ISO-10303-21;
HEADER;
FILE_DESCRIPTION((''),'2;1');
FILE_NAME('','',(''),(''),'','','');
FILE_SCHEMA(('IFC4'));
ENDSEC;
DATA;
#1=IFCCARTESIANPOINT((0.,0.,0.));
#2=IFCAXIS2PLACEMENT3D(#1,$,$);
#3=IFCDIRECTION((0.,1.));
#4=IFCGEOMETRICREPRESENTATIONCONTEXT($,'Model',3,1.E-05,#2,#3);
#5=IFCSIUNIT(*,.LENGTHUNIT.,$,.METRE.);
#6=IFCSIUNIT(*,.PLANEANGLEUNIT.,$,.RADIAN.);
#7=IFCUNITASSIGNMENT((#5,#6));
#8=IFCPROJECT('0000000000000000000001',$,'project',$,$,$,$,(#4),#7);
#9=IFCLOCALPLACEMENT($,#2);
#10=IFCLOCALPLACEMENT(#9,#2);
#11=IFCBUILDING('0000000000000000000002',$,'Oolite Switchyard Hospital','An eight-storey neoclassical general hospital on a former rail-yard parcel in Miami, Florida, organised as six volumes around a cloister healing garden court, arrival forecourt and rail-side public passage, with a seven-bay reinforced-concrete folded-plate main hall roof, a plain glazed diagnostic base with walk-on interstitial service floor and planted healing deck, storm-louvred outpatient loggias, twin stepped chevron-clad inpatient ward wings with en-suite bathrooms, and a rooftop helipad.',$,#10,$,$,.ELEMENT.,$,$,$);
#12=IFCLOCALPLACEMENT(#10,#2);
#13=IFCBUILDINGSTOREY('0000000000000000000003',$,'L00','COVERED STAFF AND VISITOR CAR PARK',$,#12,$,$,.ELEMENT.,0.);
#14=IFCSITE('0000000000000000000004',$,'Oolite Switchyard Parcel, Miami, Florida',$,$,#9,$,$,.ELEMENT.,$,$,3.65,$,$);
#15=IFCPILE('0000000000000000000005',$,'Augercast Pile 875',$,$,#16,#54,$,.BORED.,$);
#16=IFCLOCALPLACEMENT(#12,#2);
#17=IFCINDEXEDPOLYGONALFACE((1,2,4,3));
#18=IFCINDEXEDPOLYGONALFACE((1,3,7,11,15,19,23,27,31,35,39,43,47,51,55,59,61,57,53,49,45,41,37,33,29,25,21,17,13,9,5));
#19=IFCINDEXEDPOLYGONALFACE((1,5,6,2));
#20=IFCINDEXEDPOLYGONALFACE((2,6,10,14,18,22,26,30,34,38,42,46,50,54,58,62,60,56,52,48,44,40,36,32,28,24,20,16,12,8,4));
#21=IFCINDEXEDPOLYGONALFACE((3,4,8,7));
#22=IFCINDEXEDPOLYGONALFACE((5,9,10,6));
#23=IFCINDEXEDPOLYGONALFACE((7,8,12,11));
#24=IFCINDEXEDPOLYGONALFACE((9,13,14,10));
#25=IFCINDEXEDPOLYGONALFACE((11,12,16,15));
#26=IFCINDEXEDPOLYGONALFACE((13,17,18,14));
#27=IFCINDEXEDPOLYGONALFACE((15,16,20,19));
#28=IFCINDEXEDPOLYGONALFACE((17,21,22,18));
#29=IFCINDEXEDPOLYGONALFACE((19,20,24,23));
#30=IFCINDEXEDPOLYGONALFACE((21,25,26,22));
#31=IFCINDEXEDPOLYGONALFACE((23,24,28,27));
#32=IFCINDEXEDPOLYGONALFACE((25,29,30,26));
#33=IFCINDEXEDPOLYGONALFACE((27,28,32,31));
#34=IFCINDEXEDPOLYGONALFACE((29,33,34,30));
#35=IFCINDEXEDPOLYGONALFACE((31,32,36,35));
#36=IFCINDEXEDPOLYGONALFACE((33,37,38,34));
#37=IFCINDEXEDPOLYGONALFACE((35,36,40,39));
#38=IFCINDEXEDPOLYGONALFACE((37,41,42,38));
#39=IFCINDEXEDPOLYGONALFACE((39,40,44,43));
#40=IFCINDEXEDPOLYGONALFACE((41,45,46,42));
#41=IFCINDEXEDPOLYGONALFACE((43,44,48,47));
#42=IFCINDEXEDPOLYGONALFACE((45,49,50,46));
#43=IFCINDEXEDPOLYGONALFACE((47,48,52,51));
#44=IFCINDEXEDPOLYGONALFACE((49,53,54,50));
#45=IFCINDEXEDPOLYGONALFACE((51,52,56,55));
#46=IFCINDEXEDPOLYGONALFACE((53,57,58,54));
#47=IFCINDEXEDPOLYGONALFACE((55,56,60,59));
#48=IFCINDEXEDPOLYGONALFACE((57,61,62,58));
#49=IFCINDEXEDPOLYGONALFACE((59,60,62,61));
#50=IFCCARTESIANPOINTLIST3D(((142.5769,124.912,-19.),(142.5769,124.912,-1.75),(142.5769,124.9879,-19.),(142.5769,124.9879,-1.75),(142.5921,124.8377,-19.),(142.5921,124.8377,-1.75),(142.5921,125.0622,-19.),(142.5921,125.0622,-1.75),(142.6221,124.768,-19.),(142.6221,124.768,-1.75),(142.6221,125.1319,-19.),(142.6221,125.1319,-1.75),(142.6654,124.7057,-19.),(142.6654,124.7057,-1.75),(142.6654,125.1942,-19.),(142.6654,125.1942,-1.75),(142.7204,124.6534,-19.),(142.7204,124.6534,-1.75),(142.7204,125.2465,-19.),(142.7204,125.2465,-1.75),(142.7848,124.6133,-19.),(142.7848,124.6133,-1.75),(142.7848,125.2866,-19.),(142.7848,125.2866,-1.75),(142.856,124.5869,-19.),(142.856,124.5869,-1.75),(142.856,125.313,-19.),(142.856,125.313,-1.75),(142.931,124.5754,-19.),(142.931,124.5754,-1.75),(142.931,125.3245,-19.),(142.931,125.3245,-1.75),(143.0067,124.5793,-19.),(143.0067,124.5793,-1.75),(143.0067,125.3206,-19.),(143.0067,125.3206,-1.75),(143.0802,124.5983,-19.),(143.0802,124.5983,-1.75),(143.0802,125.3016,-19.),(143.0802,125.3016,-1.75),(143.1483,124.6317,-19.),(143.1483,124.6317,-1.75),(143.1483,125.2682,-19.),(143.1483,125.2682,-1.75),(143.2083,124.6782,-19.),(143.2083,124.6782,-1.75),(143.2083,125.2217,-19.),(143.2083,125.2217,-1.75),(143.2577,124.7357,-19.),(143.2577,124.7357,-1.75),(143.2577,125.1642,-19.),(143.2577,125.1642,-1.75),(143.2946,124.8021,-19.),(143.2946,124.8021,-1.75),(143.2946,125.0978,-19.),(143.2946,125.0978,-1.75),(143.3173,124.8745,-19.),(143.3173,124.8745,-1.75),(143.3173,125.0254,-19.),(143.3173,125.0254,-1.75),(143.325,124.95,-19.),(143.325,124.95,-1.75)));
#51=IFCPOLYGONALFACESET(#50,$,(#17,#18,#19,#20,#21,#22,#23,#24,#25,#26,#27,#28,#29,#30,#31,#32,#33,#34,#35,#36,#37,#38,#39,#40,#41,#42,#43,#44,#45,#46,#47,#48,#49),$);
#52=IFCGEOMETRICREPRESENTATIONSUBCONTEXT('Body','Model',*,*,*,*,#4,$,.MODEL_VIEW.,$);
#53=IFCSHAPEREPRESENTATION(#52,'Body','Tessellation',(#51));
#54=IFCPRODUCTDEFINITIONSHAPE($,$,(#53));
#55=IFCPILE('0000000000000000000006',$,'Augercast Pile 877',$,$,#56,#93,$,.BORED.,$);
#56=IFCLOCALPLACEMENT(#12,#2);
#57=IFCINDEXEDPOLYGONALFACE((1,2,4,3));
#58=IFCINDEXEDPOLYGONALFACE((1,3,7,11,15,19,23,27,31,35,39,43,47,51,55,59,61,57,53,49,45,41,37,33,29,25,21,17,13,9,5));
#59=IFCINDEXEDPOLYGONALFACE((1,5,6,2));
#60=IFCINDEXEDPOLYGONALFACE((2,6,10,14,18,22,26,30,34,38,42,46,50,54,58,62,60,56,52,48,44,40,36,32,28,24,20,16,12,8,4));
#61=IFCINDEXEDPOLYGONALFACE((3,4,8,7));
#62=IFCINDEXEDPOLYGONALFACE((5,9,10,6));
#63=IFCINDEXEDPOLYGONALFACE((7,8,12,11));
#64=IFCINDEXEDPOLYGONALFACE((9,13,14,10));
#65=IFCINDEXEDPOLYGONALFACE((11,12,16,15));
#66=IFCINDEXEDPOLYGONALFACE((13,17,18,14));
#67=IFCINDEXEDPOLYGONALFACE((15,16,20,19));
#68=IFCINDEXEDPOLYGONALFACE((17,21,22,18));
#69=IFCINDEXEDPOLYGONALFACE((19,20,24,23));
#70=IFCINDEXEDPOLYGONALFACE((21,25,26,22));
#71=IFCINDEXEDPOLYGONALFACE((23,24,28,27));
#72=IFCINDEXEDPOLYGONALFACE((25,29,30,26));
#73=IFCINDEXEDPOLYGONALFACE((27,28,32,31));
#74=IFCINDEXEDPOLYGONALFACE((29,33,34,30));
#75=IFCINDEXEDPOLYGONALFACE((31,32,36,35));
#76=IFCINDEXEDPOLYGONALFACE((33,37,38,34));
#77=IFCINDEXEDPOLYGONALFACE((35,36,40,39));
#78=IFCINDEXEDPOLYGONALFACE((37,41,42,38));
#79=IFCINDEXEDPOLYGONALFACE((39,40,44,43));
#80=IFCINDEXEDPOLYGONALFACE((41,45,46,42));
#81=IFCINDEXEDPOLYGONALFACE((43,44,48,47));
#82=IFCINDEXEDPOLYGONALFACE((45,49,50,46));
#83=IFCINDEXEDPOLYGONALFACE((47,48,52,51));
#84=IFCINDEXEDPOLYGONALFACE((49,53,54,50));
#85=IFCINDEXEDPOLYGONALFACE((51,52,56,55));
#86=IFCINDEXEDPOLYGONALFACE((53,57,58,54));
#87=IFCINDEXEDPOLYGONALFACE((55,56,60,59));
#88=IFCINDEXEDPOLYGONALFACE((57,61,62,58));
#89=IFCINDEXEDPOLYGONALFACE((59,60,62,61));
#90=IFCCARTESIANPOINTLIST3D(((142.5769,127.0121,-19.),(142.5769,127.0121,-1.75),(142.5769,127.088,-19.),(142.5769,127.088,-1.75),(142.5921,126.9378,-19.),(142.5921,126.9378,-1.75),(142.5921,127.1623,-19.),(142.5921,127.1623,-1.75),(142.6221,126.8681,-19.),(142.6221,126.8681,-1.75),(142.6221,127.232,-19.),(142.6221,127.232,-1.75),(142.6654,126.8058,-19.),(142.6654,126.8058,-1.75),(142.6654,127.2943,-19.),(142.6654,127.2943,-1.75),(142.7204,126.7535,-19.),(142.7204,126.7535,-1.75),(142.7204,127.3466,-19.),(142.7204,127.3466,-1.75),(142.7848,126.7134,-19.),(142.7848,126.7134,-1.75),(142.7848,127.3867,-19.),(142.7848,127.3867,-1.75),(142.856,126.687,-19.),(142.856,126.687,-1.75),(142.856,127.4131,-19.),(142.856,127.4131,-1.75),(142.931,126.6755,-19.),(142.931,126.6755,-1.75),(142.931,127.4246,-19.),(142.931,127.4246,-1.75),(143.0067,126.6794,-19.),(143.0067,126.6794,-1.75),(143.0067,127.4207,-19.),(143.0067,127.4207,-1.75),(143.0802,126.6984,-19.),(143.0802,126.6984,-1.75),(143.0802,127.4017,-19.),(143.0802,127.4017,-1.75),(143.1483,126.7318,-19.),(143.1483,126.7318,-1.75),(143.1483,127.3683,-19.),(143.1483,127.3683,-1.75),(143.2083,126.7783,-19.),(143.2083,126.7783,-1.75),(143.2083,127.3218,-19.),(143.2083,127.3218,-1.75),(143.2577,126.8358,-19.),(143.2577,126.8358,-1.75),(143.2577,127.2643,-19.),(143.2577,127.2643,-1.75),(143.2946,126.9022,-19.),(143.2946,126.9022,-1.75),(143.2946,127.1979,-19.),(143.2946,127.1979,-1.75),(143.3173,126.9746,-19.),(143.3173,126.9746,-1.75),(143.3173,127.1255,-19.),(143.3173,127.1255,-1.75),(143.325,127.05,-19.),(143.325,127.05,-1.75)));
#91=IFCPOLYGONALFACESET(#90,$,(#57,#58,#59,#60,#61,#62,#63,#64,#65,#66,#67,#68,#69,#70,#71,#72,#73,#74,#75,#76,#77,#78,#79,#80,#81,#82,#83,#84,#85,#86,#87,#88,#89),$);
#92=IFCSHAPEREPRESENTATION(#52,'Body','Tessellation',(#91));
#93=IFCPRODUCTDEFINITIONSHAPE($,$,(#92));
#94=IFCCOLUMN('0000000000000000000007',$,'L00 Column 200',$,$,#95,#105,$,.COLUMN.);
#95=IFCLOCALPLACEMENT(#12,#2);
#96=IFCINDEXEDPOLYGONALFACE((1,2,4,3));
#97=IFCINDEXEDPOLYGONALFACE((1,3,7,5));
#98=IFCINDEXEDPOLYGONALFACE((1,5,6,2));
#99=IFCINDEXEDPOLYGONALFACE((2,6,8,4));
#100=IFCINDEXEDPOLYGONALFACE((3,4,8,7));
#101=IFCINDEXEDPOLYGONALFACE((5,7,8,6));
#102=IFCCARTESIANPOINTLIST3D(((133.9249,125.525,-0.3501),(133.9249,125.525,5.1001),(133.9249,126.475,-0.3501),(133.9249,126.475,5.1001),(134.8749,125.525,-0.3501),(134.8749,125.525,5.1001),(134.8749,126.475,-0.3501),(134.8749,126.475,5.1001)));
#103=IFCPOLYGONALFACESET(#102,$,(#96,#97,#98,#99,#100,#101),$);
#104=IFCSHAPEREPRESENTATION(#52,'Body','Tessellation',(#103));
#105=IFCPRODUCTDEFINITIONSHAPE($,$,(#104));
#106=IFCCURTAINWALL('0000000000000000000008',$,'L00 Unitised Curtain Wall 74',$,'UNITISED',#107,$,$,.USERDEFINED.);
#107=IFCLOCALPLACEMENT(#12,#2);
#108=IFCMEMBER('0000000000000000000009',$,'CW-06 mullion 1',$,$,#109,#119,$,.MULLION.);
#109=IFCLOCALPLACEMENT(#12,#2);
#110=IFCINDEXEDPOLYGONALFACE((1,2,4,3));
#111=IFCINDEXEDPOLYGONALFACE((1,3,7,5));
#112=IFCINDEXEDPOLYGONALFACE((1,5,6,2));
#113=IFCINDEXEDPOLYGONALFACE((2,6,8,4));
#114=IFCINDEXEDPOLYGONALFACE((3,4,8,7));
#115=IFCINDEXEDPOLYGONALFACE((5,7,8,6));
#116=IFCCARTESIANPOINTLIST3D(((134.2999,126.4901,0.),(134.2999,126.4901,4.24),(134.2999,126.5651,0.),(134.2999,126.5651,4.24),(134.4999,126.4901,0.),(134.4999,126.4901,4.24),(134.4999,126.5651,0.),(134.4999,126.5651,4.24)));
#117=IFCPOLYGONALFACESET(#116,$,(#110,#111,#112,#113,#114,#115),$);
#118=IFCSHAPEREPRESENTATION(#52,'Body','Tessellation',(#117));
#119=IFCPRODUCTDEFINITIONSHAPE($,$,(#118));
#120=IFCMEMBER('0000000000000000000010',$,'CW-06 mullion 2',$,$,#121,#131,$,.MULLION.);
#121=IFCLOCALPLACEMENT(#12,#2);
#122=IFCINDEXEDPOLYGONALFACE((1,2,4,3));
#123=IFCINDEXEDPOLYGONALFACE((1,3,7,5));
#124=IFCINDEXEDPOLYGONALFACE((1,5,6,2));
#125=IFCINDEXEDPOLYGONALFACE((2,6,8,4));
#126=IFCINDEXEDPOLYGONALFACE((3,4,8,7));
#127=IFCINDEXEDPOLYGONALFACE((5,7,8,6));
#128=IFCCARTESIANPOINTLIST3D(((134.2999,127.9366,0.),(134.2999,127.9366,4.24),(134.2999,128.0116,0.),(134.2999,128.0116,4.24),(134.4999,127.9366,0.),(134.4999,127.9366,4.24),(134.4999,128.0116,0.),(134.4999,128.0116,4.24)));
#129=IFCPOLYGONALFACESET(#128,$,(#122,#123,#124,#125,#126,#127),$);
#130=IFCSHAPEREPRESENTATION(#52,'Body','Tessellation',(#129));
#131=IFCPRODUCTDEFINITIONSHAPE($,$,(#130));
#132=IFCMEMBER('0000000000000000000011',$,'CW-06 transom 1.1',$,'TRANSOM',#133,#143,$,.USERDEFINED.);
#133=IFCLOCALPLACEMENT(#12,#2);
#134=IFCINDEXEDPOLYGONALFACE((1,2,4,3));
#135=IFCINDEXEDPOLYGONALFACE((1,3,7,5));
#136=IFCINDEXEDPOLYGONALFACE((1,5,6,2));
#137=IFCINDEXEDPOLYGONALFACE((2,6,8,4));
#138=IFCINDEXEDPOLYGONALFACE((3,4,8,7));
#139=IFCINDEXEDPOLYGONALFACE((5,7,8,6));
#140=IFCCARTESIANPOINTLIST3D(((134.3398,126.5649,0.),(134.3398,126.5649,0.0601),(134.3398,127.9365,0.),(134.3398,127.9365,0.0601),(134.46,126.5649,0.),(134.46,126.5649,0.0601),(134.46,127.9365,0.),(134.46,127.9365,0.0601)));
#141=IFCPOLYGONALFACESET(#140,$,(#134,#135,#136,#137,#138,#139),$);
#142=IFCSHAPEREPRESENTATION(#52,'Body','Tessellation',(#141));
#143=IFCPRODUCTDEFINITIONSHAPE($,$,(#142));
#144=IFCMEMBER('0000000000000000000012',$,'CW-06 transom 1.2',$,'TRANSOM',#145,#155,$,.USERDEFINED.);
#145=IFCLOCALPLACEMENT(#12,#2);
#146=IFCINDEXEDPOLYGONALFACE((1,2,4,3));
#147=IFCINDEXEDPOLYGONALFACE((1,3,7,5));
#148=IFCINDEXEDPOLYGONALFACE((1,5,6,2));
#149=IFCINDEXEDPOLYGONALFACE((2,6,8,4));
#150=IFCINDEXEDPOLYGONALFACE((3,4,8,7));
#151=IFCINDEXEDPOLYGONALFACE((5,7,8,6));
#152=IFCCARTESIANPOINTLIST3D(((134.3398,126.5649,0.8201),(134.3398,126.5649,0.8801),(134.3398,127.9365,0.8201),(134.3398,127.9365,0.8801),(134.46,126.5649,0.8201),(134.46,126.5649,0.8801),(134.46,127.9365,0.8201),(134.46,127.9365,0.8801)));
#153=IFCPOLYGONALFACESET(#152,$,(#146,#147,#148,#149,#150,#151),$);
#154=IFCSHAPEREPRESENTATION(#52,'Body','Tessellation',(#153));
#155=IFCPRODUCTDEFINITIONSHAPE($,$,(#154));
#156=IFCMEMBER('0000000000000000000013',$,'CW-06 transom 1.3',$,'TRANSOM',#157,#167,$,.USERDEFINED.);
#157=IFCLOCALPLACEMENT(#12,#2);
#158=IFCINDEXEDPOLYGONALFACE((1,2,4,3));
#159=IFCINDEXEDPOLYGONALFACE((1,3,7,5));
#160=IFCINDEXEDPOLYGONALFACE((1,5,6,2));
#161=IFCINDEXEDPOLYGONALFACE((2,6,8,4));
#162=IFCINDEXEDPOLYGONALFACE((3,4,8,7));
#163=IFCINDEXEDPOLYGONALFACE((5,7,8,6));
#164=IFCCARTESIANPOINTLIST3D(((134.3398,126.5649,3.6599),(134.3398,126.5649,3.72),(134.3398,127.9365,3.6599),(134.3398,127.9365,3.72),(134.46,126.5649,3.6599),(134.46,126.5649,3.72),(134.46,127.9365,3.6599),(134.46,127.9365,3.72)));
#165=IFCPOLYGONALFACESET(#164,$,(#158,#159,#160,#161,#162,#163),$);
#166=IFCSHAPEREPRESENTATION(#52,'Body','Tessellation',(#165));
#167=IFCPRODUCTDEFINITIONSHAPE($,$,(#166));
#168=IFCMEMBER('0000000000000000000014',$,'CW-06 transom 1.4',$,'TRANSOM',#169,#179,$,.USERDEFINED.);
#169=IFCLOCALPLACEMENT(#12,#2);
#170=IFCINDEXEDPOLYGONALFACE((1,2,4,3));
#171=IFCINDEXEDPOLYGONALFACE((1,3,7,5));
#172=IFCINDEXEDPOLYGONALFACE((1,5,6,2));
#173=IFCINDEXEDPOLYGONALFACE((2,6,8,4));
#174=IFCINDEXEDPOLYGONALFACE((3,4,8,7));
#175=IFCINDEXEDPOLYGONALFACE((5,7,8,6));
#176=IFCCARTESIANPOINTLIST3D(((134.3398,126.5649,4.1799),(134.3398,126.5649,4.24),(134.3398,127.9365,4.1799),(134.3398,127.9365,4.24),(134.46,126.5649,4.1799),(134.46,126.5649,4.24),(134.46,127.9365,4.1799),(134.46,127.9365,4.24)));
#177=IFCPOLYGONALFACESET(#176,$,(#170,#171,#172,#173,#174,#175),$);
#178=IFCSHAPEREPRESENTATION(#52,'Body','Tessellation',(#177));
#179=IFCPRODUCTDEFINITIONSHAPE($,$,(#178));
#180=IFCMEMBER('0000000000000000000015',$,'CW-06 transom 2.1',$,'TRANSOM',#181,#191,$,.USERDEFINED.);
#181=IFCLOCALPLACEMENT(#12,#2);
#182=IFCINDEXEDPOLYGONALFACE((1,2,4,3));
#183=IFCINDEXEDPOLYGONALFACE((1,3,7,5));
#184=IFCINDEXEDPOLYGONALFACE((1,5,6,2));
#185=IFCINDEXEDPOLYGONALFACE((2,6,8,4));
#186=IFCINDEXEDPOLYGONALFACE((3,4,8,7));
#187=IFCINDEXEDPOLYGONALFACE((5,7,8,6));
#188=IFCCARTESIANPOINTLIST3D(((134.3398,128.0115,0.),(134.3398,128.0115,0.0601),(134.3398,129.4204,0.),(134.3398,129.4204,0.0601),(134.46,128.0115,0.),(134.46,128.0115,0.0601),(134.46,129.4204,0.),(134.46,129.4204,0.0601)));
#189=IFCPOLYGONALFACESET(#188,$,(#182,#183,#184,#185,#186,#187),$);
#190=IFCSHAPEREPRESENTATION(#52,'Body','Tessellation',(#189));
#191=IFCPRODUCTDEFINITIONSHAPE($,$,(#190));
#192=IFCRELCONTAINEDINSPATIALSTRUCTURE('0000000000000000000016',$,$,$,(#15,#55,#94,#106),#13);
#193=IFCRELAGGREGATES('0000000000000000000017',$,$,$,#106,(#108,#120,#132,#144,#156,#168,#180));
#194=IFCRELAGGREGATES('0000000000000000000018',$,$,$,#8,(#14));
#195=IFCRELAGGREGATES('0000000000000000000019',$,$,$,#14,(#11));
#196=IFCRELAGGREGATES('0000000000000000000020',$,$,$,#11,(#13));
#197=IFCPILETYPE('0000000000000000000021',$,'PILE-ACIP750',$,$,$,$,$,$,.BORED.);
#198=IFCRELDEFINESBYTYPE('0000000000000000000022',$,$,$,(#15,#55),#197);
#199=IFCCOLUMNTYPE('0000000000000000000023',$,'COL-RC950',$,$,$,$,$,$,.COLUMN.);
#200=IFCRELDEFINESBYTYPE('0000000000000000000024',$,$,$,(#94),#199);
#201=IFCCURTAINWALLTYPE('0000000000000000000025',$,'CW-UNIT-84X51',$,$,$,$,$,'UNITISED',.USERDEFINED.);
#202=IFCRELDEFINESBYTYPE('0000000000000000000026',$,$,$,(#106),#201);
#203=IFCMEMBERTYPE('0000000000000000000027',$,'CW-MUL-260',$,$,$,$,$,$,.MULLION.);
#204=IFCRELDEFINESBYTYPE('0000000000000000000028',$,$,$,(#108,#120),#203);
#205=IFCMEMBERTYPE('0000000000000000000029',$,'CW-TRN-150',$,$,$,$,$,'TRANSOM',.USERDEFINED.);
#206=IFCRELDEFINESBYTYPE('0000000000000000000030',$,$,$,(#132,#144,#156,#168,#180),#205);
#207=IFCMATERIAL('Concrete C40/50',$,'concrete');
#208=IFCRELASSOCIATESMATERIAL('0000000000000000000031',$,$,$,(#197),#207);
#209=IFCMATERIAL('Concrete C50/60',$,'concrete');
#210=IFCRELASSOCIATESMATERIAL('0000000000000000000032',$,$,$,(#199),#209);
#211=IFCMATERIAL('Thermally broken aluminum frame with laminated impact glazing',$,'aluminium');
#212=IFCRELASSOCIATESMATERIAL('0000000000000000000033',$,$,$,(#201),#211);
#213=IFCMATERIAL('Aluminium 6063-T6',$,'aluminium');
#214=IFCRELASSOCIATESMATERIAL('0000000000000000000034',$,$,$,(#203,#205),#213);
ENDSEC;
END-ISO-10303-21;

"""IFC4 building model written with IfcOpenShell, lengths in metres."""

from ifc_helpers import new_model, si_unit, direction, frame, origin, origin_2d, place, context, subcontext, project, spatial, rectangle, circle, extrude, material, material_profile, profile_set, type_object, element, aggregate, save


model = new_model("IFC4")

# Units and contexts
model_context = context("Model", 3, precision=1e-05, world=origin(), true_north=direction((0.0, 1.0)))
body_context = subcontext(model_context, "Body", "Model", "MODEL_VIEW")
ifc_project = project(units=[si_unit("LENGTHUNIT", "METRE"), si_unit("PLANEANGLEUNIT", "RADIAN")], contexts=[model_context])

# Site, building, storey
site_placement = place(None, origin())
site = spatial("IfcSite", under=ifc_project, at=site_placement, Name="Oolite Switchyard Parcel, Miami, Florida", CompositionType="ELEMENT", RefElevation=3.65)
building_placement = place(site_placement, origin())
building = spatial("IfcBuilding", under=site, at=building_placement, Name="Oolite Switchyard Hospital", Description="An eight-storey neoclassical general hospital on a former rail-yard parcel in Miami, Florida, organised as six volumes around a cloister healing garden court, arrival forecourt and rail-side public passage, with a seven-bay reinforced-concrete folded-plate main hall roof, a plain glazed diagnostic base with walk-on interstitial service floor and planted healing deck, storm-louvred outpatient loggias, twin stepped chevron-clad inpatient ward wings with en-suite bathrooms, and a rooftop helipad.", CompositionType="ELEMENT")
storey_placement = place(building_placement, origin())
storey = spatial("IfcBuildingStorey", under=building, at=storey_placement, Name="L00", Description="COVERED STAFF AND VISITOR CAR PARK", CompositionType="ELEMENT", Elevation=0.0)

# Shared definitions
ifc_material_1 = material(Name="Concrete C40/50", Category="concrete")

# Piles
ifc_material_profile_1 = material_profile(ifc_material_1, circle(Radius=0.375, at=origin_2d()), Name="PILE750")
ifc_profile_set_1 = profile_set([ifc_material_profile_1], Name="Concrete C40/50")
pile_type = type_object("IfcPileType", Name="PILE-ACIP750", PredefinedType="BORED", material=ifc_profile_set_1)
for number, where, z_axis, x_axis, name in (
    (1, (142.95, 124.95, -1.75), (0.0, 0.0, -1.0), (1.0, 0.0, 0.0), "Augercast Pile 875"),
    (2, (142.95, 127.05, -1.75), (0.0, 0.0, -1.0), (1.0, 0.0, 0.0), "Augercast Pile 877"),
):
    element("IfcPile", number, at=place(storey_placement, frame(where, z_axis=z_axis, x_axis=x_axis)), inside=storey, type_object=pile_type, Name=name, PredefinedType="BORED", context=body_context, shape_type="SweptSolid", body=[
        extrude(circle(Radius=0.375, at=origin_2d()), origin(), (0.0, 0.0, 1.0), 17.25),
    ])

# Column
ifc_material_2 = material(Name="Concrete C50/60", Category="concrete")
ifc_material_profile_2 = material_profile(ifc_material_2, rectangle(XDim=0.95, YDim=0.95, at=origin_2d()), Name="RC950X950")
ifc_profile_set_2 = profile_set([ifc_material_profile_2], Name="Concrete C50/60")
column_type = type_object("IfcColumnType", Name="COL-RC950", PredefinedType="COLUMN", material=ifc_profile_set_2)
column_placement = place(storey_placement, frame((134.3999, 126.0, -0.3501), z_axis=(0.0, 0.0, 1.0), x_axis=(1.0, 0.0, 0.0)))
element("IfcColumn", 3, at=column_placement, inside=storey, type_object=column_type, Name="L00 Column 200", PredefinedType="COLUMN", context=body_context, shape_type="SweptSolid", body=[
    extrude(rectangle(XDim=0.95, YDim=0.95, at=origin_2d()), origin(), (0.0, 0.0, 1.0), 5.4502),
])

# Curtain wall, members
ifc_material_3 = material(Name="Thermally broken aluminum frame with laminated impact glazing", Category="aluminium")
curtain_wall_type = type_object("IfcCurtainWallType", Name="CW-UNIT-84X51", ElementType="UNITISED", PredefinedType="USERDEFINED", material=ifc_material_3)
curtain_wall_placement = place(storey_placement, origin())
curtain_wall = element("IfcCurtainWall", 4, at=curtain_wall_placement, inside=storey, type_object=curtain_wall_type, Name="L00 Unitised Curtain Wall 74", ObjectType="UNITISED", PredefinedType="USERDEFINED")
ifc_material_4 = material(Name="Aluminium 6063-T6", Category="aluminium")
ifc_material_profile_3 = material_profile(ifc_material_4, rectangle(XDim=0.2, YDim=0.075, at=origin_2d()), Name="CWM75X200")
ifc_profile_set_3 = profile_set([ifc_material_profile_3], Name="Aluminium 6063-T6")
member_type_1 = type_object("IfcMemberType", Name="CW-MUL-260", PredefinedType="MULLION", material=ifc_profile_set_3)
member_1_placement = place(storey_placement, frame((134.3999, 126.5276, 0.0), z_axis=(0.0, 0.0, 1.0), x_axis=(-1.0, 0.0, 0.0)))
member_1 = element("IfcMember", 5, at=member_1_placement, type_object=member_type_1, Name="CW-06 mullion 1", PredefinedType="MULLION", context=body_context, shape_type="SweptSolid", body=[
    extrude(rectangle(XDim=0.2, YDim=0.075, at=origin_2d()), origin(), (0.0, 0.0, 1.0), 4.24),
])
member_2_placement = place(storey_placement, frame((134.3999, 127.9741, 0.0), z_axis=(0.0, 0.0, 1.0), x_axis=(-1.0, 0.0, 0.0)))
member_2 = element("IfcMember", 6, at=member_2_placement, type_object=member_type_1, Name="CW-06 mullion 2", PredefinedType="MULLION", context=body_context, shape_type="SweptSolid", body=[
    extrude(rectangle(XDim=0.2, YDim=0.075, at=origin_2d()), origin(), (0.0, 0.0, 1.0), 4.24),
])
ifc_material_profile_4 = material_profile(ifc_material_4, rectangle(XDim=0.1201, YDim=0.0601, at=origin_2d()), Name="CWT60X120")
ifc_profile_set_4 = profile_set([ifc_material_profile_4], Name="Aluminium 6063-T6")
member_type_2 = type_object("IfcMemberType", Name="CW-TRN-150", ElementType="TRANSOM", PredefinedType="USERDEFINED", material=ifc_profile_set_4)
member_3_placement = place(storey_placement, frame((134.3999, 126.5649, 0.03), z_axis=(0.0, 1.0, 0.0), x_axis=(-1.0, 0.0, 0.0)))
member_3 = element("IfcMember", 7, at=member_3_placement, type_object=member_type_2, Name="CW-06 transom 1.1", ObjectType="TRANSOM", PredefinedType="USERDEFINED", context=body_context, shape_type="SweptSolid", body=[
    extrude(rectangle(XDim=0.1201, YDim=0.0601, at=origin_2d()), origin(), (0.0, 0.0, 1.0), 1.3716),
])
member_4_placement = place(storey_placement, frame((134.3999, 126.5649, 0.8501), z_axis=(0.0, 1.0, 0.0), x_axis=(-1.0, 0.0, 0.0)))
member_4 = element("IfcMember", 8, at=member_4_placement, type_object=member_type_2, Name="CW-06 transom 1.2", ObjectType="TRANSOM", PredefinedType="USERDEFINED", context=body_context, shape_type="SweptSolid", body=[
    extrude(rectangle(XDim=0.1201, YDim=0.0601, at=origin_2d()), origin(), (0.0, 0.0, 1.0), 1.3716),
])
member_5_placement = place(storey_placement, frame((134.3999, 126.5649, 3.6899), z_axis=(0.0, 1.0, 0.0), x_axis=(-1.0, 0.0, 0.0)))
member_5 = element("IfcMember", 9, at=member_5_placement, type_object=member_type_2, Name="CW-06 transom 1.3", ObjectType="TRANSOM", PredefinedType="USERDEFINED", context=body_context, shape_type="SweptSolid", body=[
    extrude(rectangle(XDim=0.1201, YDim=0.0601, at=origin_2d()), origin(), (0.0, 0.0, 1.0), 1.3716),
])
member_6_placement = place(storey_placement, frame((134.3999, 126.5649, 4.21), z_axis=(0.0, 1.0, 0.0), x_axis=(-1.0, 0.0, 0.0)))
member_6 = element("IfcMember", 10, at=member_6_placement, type_object=member_type_2, Name="CW-06 transom 1.4", ObjectType="TRANSOM", PredefinedType="USERDEFINED", context=body_context, shape_type="SweptSolid", body=[
    extrude(rectangle(XDim=0.1201, YDim=0.0601, at=origin_2d()), origin(), (0.0, 0.0, 1.0), 1.3716),
])
member_7_placement = place(storey_placement, frame((134.3999, 128.0115, 0.03), z_axis=(0.0, 1.0, 0.0), x_axis=(-1.0, 0.0, 0.0)))
member_7 = element("IfcMember", 11, at=member_7_placement, type_object=member_type_2, Name="CW-06 transom 2.1", ObjectType="TRANSOM", PredefinedType="USERDEFINED", context=body_context, shape_type="SweptSolid", body=[
    extrude(rectangle(XDim=0.1201, YDim=0.0601, at=origin_2d()), origin(), (0.0, 0.0, 1.0), 1.4089),
])
aggregate(curtain_wall, [member_1, member_2, member_3, member_4, member_5, member_6, member_7])

save(model, "model.ifc")
